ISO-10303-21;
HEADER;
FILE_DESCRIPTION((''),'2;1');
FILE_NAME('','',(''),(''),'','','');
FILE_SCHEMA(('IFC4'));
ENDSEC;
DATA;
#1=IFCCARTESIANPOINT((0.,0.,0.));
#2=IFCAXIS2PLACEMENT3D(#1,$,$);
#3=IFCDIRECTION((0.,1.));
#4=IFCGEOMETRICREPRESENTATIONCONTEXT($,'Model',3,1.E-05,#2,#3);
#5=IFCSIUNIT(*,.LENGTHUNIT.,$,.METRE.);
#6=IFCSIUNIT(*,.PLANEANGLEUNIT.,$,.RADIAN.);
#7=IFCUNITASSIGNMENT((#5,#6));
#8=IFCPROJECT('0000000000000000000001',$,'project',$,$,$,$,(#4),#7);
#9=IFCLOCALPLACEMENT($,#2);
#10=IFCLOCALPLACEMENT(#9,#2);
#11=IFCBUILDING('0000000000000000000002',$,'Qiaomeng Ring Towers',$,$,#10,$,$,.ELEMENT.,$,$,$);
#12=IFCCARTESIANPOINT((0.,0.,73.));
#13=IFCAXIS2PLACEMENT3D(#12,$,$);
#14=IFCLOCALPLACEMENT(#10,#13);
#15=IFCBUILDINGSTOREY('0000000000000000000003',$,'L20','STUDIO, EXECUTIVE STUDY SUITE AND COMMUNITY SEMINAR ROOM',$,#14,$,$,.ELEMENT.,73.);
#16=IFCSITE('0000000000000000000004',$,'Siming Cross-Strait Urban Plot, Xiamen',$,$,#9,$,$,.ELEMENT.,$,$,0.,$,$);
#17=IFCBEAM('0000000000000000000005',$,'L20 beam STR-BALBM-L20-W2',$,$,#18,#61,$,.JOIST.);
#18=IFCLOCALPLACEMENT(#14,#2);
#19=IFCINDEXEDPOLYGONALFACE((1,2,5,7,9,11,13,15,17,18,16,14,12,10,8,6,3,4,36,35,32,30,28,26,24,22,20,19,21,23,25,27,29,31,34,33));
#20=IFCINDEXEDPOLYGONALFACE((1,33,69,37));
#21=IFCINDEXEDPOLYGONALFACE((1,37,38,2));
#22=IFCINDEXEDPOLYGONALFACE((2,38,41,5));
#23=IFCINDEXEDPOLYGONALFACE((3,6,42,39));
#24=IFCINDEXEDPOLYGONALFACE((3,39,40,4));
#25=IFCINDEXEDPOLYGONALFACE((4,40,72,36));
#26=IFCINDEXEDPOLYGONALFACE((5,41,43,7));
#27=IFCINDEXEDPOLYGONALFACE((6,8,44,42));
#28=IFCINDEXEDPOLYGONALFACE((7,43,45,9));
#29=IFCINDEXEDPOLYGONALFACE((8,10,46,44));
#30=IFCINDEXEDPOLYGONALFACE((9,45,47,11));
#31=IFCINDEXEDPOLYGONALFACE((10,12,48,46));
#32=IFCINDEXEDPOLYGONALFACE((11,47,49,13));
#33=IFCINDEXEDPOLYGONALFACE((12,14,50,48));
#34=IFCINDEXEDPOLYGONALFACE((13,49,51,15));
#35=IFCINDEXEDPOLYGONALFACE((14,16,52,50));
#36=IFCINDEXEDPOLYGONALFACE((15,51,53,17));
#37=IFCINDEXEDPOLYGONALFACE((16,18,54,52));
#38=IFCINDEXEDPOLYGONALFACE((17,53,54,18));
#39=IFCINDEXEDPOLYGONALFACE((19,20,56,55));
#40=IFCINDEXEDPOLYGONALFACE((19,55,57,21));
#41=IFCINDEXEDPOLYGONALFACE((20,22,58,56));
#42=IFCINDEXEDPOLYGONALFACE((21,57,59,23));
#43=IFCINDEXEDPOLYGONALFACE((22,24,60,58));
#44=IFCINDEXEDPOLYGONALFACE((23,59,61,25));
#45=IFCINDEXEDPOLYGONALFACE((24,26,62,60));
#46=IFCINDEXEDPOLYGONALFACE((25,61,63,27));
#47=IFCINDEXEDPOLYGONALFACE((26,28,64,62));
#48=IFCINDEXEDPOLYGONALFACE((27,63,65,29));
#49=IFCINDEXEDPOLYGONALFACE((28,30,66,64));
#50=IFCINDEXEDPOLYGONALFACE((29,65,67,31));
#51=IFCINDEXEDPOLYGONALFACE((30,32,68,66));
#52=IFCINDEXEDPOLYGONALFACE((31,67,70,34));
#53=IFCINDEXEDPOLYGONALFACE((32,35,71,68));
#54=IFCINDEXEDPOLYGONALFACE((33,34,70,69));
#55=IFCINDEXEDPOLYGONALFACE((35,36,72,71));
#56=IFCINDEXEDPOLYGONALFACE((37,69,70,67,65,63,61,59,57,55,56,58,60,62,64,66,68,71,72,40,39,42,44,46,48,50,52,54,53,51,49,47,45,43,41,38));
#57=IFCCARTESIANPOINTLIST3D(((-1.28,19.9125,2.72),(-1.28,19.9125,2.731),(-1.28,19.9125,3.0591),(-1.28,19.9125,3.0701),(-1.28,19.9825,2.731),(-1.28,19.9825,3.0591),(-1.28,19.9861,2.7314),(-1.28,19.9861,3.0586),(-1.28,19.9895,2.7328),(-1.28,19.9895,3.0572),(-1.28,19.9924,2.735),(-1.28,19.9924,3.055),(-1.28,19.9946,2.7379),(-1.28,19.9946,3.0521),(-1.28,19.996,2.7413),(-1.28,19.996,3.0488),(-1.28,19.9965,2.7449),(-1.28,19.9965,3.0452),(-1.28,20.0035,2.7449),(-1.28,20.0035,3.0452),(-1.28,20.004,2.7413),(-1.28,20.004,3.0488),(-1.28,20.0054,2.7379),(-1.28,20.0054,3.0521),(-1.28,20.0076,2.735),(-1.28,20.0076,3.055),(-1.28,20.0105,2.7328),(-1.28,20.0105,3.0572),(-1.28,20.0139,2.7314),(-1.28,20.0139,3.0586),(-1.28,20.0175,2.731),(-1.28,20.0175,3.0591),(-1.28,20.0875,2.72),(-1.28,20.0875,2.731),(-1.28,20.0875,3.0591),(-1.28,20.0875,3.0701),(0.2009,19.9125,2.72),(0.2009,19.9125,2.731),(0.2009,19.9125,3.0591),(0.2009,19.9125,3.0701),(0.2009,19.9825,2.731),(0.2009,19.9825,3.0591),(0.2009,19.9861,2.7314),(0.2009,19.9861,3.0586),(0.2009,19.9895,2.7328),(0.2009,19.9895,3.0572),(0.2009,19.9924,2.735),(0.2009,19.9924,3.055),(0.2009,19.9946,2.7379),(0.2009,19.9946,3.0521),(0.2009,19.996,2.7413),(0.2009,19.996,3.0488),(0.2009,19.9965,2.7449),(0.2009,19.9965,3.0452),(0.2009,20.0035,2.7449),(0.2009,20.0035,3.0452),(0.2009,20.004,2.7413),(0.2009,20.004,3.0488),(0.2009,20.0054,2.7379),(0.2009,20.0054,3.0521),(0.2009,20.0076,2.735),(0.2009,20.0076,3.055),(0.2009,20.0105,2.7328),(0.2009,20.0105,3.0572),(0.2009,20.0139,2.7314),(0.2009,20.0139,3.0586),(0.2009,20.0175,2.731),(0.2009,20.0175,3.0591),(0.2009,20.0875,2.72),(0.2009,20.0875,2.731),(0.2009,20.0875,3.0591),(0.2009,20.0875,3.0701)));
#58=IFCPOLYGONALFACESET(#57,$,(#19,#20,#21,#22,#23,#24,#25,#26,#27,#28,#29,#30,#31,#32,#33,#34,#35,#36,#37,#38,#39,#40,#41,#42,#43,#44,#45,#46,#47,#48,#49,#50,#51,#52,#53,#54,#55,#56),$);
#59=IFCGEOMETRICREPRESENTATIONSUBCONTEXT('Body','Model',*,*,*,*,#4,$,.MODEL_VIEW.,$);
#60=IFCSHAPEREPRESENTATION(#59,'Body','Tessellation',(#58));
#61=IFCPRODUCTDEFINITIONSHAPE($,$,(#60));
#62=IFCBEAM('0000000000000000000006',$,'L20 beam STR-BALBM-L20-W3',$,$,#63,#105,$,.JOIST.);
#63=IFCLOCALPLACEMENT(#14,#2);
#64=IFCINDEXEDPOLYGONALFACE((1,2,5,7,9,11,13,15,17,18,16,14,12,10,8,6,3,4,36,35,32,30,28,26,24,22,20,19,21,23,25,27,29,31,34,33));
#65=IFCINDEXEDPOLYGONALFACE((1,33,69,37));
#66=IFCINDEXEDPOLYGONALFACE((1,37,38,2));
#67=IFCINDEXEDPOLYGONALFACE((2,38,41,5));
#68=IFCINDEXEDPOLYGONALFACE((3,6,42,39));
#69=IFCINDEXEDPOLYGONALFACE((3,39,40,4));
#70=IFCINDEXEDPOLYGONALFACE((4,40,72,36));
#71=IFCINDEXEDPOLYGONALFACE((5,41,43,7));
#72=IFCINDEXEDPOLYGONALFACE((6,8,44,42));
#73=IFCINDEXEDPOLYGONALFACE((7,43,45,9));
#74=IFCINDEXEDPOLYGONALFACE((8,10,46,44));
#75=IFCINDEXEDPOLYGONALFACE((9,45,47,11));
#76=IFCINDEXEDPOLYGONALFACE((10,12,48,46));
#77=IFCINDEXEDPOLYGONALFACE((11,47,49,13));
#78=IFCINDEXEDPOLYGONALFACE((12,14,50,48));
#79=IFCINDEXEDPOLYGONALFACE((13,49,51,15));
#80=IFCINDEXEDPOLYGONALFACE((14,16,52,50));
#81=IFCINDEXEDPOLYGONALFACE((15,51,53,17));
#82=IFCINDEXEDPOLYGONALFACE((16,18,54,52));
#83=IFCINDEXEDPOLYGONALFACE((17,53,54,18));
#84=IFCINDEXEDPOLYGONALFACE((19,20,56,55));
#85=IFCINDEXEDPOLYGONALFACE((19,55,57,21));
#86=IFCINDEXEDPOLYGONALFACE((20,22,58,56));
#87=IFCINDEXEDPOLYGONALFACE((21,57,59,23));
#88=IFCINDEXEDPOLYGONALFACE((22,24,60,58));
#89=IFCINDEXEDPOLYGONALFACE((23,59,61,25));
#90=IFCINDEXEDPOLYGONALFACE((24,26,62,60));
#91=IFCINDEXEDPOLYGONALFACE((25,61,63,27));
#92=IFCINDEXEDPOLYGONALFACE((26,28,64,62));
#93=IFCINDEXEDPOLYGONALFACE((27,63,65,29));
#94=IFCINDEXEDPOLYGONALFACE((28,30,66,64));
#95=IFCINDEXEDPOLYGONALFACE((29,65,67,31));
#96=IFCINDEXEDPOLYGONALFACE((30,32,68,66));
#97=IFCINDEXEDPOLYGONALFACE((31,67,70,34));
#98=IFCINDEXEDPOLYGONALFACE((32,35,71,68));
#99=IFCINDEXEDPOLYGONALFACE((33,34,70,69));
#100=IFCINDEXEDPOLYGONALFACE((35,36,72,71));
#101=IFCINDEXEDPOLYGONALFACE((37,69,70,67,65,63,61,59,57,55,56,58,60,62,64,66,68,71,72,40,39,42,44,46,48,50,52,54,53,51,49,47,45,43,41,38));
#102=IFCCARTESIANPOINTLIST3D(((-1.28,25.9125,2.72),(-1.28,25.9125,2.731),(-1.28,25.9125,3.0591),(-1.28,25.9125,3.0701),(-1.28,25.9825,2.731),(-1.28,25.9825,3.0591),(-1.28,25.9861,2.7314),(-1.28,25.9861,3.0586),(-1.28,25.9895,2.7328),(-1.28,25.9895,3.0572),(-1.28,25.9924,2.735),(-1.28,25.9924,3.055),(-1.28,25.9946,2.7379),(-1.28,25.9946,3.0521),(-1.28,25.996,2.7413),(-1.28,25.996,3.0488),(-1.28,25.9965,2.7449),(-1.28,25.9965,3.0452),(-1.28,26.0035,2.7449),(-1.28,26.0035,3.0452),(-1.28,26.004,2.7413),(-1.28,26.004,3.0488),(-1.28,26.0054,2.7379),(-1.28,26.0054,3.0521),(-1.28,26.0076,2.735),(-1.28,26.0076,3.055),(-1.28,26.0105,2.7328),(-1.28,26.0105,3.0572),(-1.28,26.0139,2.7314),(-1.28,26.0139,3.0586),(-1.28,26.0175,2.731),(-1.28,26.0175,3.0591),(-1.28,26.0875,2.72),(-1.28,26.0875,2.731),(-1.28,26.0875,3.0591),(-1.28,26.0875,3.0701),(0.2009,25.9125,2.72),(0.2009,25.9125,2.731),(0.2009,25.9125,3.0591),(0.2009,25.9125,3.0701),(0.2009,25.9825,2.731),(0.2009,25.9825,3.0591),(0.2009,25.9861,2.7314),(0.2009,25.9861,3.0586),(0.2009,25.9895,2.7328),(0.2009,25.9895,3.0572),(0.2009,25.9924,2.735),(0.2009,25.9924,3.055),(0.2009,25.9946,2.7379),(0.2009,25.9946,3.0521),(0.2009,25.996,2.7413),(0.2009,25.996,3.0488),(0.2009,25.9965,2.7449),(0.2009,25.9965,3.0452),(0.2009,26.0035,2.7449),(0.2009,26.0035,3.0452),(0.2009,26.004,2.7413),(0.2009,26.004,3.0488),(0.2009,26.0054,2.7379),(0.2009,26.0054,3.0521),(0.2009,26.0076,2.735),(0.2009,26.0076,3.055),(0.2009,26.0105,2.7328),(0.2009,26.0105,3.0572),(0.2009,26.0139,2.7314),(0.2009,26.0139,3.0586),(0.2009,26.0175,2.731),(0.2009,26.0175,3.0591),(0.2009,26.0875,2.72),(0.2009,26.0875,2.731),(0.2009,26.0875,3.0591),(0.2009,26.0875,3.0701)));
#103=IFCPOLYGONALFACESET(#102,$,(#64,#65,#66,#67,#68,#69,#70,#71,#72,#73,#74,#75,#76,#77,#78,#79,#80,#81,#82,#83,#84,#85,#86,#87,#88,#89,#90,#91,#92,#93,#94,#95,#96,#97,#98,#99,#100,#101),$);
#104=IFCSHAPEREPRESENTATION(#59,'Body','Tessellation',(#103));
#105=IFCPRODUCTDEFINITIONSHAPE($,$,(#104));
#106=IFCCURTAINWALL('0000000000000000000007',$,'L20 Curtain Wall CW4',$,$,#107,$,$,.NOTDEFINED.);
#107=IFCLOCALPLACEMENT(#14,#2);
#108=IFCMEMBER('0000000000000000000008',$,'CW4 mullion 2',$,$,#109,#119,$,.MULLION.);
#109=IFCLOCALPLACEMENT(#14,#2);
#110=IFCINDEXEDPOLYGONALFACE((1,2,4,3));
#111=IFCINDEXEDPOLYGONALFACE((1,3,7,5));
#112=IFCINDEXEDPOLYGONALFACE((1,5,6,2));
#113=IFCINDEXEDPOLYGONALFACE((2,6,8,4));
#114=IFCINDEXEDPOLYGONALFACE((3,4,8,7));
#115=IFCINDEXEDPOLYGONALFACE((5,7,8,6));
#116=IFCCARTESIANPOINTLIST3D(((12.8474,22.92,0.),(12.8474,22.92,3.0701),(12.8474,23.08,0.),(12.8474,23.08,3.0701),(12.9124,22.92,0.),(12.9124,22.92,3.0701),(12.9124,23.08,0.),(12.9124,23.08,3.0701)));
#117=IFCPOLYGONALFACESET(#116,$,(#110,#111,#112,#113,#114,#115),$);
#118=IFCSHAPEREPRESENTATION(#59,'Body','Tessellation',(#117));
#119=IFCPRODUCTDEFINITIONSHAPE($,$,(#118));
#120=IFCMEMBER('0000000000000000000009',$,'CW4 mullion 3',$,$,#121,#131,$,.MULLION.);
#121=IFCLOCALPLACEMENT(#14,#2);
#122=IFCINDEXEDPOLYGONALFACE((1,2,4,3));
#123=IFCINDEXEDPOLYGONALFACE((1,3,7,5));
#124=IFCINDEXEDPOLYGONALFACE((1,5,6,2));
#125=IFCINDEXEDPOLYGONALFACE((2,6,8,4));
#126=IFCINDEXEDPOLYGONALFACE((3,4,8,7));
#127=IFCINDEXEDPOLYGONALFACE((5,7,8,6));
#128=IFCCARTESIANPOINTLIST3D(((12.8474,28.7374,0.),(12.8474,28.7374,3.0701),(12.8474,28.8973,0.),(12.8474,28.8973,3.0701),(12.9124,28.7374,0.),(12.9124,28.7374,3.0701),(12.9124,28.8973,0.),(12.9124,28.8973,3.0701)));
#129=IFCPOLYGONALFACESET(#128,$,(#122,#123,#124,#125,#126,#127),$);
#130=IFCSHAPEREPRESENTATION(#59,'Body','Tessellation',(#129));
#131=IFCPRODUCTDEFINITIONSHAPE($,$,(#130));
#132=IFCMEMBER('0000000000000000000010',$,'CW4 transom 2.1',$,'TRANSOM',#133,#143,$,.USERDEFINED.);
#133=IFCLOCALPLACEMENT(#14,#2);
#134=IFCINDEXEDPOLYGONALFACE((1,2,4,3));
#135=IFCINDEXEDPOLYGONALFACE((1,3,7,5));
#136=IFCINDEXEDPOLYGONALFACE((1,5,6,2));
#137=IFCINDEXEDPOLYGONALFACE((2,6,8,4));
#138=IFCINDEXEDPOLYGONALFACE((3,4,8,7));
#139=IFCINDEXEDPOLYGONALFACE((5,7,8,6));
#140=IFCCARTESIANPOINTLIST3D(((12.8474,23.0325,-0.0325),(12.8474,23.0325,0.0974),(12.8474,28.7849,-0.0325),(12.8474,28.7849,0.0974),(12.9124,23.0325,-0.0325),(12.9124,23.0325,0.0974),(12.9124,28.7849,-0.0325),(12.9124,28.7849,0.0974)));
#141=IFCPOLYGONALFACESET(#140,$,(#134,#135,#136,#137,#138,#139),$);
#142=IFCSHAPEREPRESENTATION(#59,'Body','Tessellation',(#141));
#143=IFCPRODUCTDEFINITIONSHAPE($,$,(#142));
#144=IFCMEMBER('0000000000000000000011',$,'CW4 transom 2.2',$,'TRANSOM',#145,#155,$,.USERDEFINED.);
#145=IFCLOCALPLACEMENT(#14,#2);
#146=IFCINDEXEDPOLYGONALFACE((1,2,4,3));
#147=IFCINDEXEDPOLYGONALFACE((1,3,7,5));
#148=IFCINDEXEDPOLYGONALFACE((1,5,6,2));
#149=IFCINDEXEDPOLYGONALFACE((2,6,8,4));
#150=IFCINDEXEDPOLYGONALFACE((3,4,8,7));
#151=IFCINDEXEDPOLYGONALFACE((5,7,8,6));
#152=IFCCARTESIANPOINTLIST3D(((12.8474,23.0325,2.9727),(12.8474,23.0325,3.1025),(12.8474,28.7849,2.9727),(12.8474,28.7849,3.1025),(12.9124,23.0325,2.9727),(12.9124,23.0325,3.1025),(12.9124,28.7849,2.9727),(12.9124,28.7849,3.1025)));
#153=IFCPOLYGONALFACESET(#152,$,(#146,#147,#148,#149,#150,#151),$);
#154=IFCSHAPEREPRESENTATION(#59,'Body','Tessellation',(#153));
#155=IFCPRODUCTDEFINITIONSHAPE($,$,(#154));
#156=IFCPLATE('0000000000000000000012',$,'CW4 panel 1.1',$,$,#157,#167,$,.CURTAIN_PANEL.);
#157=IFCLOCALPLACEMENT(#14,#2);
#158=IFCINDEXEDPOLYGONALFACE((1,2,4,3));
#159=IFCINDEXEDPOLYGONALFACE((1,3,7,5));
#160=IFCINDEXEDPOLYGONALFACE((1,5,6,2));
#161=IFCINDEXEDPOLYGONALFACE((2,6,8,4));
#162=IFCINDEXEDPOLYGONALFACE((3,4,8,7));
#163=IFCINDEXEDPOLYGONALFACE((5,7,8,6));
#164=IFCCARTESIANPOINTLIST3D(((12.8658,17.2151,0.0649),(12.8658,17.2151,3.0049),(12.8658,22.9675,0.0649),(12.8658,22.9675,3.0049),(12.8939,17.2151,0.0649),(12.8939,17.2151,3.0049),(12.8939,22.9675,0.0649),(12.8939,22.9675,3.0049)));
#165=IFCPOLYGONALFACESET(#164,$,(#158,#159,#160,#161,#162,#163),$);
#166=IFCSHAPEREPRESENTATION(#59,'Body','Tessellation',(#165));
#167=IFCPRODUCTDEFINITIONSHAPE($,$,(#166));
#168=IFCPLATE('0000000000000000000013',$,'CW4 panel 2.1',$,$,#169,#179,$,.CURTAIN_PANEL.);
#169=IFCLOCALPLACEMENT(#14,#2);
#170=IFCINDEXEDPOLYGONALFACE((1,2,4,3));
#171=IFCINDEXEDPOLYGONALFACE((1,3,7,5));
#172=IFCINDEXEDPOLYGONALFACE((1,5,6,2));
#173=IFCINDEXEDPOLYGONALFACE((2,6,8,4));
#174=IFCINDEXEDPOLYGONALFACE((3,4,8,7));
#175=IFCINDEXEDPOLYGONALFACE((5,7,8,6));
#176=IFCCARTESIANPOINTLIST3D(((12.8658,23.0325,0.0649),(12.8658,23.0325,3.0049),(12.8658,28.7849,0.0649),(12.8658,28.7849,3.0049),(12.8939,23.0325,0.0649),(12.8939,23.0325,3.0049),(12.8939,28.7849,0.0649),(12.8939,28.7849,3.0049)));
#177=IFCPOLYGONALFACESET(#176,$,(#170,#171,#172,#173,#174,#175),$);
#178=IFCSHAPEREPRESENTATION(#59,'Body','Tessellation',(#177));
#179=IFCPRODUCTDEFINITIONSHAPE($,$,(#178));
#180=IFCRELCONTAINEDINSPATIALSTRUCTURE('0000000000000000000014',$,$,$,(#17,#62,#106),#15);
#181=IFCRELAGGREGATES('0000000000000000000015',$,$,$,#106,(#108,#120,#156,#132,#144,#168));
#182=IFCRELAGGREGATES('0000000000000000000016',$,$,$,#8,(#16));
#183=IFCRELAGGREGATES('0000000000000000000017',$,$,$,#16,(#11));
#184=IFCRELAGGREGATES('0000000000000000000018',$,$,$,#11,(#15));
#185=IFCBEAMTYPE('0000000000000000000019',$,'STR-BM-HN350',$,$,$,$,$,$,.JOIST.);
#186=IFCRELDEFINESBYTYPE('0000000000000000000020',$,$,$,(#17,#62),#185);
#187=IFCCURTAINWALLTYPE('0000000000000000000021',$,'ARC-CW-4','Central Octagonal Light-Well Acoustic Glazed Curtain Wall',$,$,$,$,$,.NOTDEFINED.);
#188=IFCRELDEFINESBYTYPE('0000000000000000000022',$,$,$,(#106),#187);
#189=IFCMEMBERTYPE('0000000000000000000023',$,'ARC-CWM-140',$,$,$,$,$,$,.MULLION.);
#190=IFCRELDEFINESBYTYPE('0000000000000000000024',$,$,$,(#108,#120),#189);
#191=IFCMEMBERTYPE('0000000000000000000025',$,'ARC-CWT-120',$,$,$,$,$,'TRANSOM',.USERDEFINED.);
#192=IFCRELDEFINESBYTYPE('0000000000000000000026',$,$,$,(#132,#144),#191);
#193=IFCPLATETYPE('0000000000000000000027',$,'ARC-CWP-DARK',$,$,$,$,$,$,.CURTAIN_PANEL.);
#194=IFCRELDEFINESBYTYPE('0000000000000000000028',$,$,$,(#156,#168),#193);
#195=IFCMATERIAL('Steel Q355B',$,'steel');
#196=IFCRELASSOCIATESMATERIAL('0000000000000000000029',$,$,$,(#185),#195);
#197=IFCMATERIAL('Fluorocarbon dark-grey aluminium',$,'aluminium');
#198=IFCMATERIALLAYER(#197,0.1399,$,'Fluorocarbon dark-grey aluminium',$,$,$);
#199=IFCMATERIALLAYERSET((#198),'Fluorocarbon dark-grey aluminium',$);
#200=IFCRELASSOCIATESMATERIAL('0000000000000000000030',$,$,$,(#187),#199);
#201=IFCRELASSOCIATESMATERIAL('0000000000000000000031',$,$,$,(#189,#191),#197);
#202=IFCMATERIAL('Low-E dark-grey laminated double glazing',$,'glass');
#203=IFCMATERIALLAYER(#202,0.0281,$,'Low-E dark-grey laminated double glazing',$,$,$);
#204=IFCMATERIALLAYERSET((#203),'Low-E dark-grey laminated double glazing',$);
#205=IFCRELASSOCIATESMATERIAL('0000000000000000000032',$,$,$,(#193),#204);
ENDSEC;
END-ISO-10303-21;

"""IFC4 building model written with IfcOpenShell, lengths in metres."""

from ifc_helpers import new_model, si_unit, direction, frame, origin, origin_2d, place, context, subcontext, project, spatial, rectangle, i_section, extrude, source, transform, mapped, material, layer, layer_set, material_profile, profile_set, type_object, element, aggregate, save


model = new_model("IFC4")

# Units and contexts
model_context = context("Model", 3, precision=1e-05, world=origin(), true_north=direction((0.0, 1.0)))
body_context = subcontext(model_context, "Body", "Model", "MODEL_VIEW")
ifc_project = project(units=[si_unit("LENGTHUNIT", "METRE"), si_unit("PLANEANGLEUNIT", "RADIAN")], contexts=[model_context])

# Site, building, storey
site_placement = place(None, origin())
site = spatial("IfcSite", under=ifc_project, at=site_placement, Name="Siming Cross-Strait Urban Plot, Xiamen", CompositionType="ELEMENT", RefElevation=0.0)
building_placement = place(site_placement, origin())
building = spatial("IfcBuilding", under=site, at=building_placement, Name="Qiaomeng Ring Towers", CompositionType="ELEMENT")
storey_placement = place(building_placement, frame((0.0, 0.0, 73.0)))
storey = spatial("IfcBuildingStorey", under=building, at=storey_placement, Name="L20", Description="STUDIO, EXECUTIVE STUDY SUITE AND COMMUNITY SEMINAR ROOM", CompositionType="ELEMENT", Elevation=73.0)

# Beams
ifc_material_1 = material(Name="Steel Q355B", Category="steel")
ifc_material_profile_1 = material_profile(ifc_material_1, i_section(OverallWidth=0.175, OverallDepth=0.3501, WebThickness=0.0071, FlangeThickness=0.011, FilletRadius=0.0139, at=origin_2d()), Name="HN 350x175x7x11")
ifc_profile_set_1 = profile_set([ifc_material_profile_1], Name="Steel Q355B")
beam_type_1 = type_object("IfcBeamType", Name="STR-BM-HN350", PredefinedType="JOIST", material=ifc_profile_set_1)
shared_shape_1 = source(origin(), body_context, "Body", "SweptSolid", [
    extrude(i_section(OverallWidth=0.175, OverallDepth=0.3501, WebThickness=0.0071, FlangeThickness=0.011, FilletRadius=0.0139, at=origin_2d()), origin(), (0.0, 0.0, 1.0), 1.481),
])
for number, where, z_axis, x_axis, name in (
    (1, (-1.28, 20.0, 2.895), (1.0, 0.0, 0.0), (0.0, 1.0, 0.0), "L20 beam STR-BALBM-L20-W2"),
    (2, (-1.28, 26.0, 2.895), (1.0, 0.0, 0.0), (0.0, 1.0, 0.0), "L20 beam STR-BALBM-L20-W3"),
):
    element("IfcBeam", number, at=place(storey_placement, frame(where, z_axis=z_axis, x_axis=x_axis)), inside=storey, type_object=beam_type_1, Name=name, PredefinedType="JOIST", context=body_context, shape_type="MappedRepresentation", body=[
        mapped(shared_shape_1, transform((0.0, 0.0, 0.0), x_axis=(1.0, 0.0, 0.0), y_axis=(0.0, 1.0, 0.0), z_axis=(0.0, 0.0, 1.0), scale=1.0)),
    ])

# Curtain wall, members, plates
ifc_material_2 = material(Name="Fluorocarbon dark-grey aluminium", Category="aluminium")
ifc_layer_1 = layer(ifc_material_2, 0.1399, Name="Fluorocarbon dark-grey aluminium")
ifc_layer_set_1 = layer_set([ifc_layer_1], Name="Fluorocarbon dark-grey aluminium")
curtain_wall_type = type_object("IfcCurtainWallType", Name="ARC-CW-4", Description="Central Octagonal Light-Well Acoustic Glazed Curtain Wall", PredefinedType="NOTDEFINED", material=ifc_layer_set_1)
curtain_wall_placement = place(storey_placement, origin())
curtain_wall = element("IfcCurtainWall", 3, at=curtain_wall_placement, inside=storey, type_object=curtain_wall_type, Name="L20 Curtain Wall CW4", PredefinedType="NOTDEFINED")
ifc_material_profile_2 = material_profile(ifc_material_2, rectangle(XDim=0.0649, YDim=0.1599, at=origin_2d()), Name="ALU MULL 65x160")
ifc_profile_set_2 = profile_set([ifc_material_profile_2], Name="Fluorocarbon dark-grey aluminium")
member_type_1 = type_object("IfcMemberType", Name="ARC-CWM-140", PredefinedType="MULLION", material=ifc_profile_set_2)
shared_shape_2 = source(origin(), body_context, "Body", "SweptSolid", [
    extrude(rectangle(XDim=0.0649, YDim=0.1599, at=origin_2d()), origin(), (0.0, 0.0, 1.0), 3.0701),
])
member_1_placement = place(storey_placement, frame((12.8799, 23.0, 0.0), z_axis=(0.0, 0.0, 1.0), x_axis=(-1.0, 0.0, 0.0)))
member_1 = element("IfcMember", 4, at=member_1_placement, type_object=member_type_1, Name="CW4 mullion 2", PredefinedType="MULLION", context=body_context, shape_type="MappedRepresentation", body=[
    mapped(shared_shape_2, transform((0.0, 0.0, 0.0), x_axis=(1.0, 0.0, 0.0), y_axis=(0.0, 1.0, 0.0), z_axis=(0.0, 0.0, 1.0), scale=1.0)),
])
member_2_placement = place(storey_placement, frame((12.8799, 28.8174, 0.0), z_axis=(0.0, 0.0, 1.0), x_axis=(-1.0, 0.0, 0.0)))
member_2 = element("IfcMember", 5, at=member_2_placement, type_object=member_type_1, Name="CW4 mullion 3", PredefinedType="MULLION", context=body_context, shape_type="MappedRepresentation", body=[
    mapped(shared_shape_2, transform((0.0, 0.0, 0.0), x_axis=(1.0, 0.0, 0.0), y_axis=(0.0, 1.0, 0.0), z_axis=(0.0, 0.0, 1.0), scale=1.0)),
])
ifc_material_profile_3 = material_profile(ifc_material_2, rectangle(XDim=0.0649, YDim=0.1299, at=origin_2d()), Name="ALU TRAN 65x130")
ifc_profile_set_3 = profile_set([ifc_material_profile_3], Name="Fluorocarbon dark-grey aluminium")
member_type_2 = type_object("IfcMemberType", Name="ARC-CWT-120", ElementType="TRANSOM", PredefinedType="USERDEFINED", material=ifc_profile_set_3)
shared_shape_3 = source(origin(), body_context, "Body", "SweptSolid", [
    extrude(rectangle(XDim=0.0649, YDim=0.1299, at=origin_2d()), origin(), (0.0, 0.0, 1.0), 5.7524),
])
member_3_placement = place(storey_placement, frame((12.8799, 23.0325, 0.0325), z_axis=(0.0, 1.0, 0.0), x_axis=(-1.0, 0.0, 0.0)))
member_3 = element("IfcMember", 6, at=member_3_placement, type_object=member_type_2, Name="CW4 transom 2.1", ObjectType="TRANSOM", PredefinedType="USERDEFINED", context=body_context, shape_type="MappedRepresentation", body=[
    mapped(shared_shape_3, transform((0.0, 0.0, 0.0), x_axis=(1.0, 0.0, 0.0), y_axis=(0.0, 1.0, 0.0), z_axis=(0.0, 0.0, 1.0), scale=1.0)),
])
member_4_placement = place(storey_placement, frame((12.8799, 23.0325, 3.0376), z_axis=(0.0, 1.0, 0.0), x_axis=(-1.0, 0.0, 0.0)))
member_4 = element("IfcMember", 7, at=member_4_placement, type_object=member_type_2, Name="CW4 transom 2.2", ObjectType="TRANSOM", PredefinedType="USERDEFINED", context=body_context, shape_type="MappedRepresentation", body=[
    mapped(shared_shape_3, transform((0.0, 0.0, 0.0), x_axis=(1.0, 0.0, 0.0), y_axis=(0.0, 1.0, 0.0), z_axis=(0.0, 0.0, 1.0), scale=1.0)),
])
ifc_material_3 = material(Name="Low-E dark-grey laminated double glazing", Category="glass")
ifc_layer_2 = layer(ifc_material_3, 0.0281, Name="Low-E dark-grey laminated double glazing")
ifc_layer_set_2 = layer_set([ifc_layer_2], Name="Low-E dark-grey laminated double glazing")
plate_type = type_object("IfcPlateType", Name="ARC-CWP-DARK", PredefinedType="CURTAIN_PANEL", material=ifc_layer_set_2)
shared_shape_4 = source(origin(), body_context, "Body", "SweptSolid", [
    extrude(rectangle(XDim=5.7524, YDim=0.0281, at=origin_2d()), origin(), (0.0, 0.0, 1.0), 2.9399),
])
plate_1_placement = place(storey_placement, frame((12.8799, 20.0913, 0.0649), z_axis=(0.0, 0.0, 1.0), x_axis=(0.0, 1.0, 0.0)))
plate_1 = element("IfcPlate", 8, at=plate_1_placement, type_object=plate_type, Name="CW4 panel 1.1", PredefinedType="CURTAIN_PANEL", context=body_context, shape_type="MappedRepresentation", body=[
    mapped(shared_shape_4, transform((0.0, 0.0, 0.0), x_axis=(1.0, 0.0, 0.0), y_axis=(0.0, 1.0, 0.0), z_axis=(0.0, 0.0, 1.0), scale=1.0)),
])
plate_2_placement = place(storey_placement, frame((12.8799, 25.9087, 0.0649), z_axis=(0.0, 0.0, 1.0), x_axis=(0.0, 1.0, 0.0)))
plate_2 = element("IfcPlate", 9, at=plate_2_placement, type_object=plate_type, Name="CW4 panel 2.1", PredefinedType="CURTAIN_PANEL", context=body_context, shape_type="MappedRepresentation", body=[
    mapped(shared_shape_4, transform((0.0, 0.0, 0.0), x_axis=(1.0, 0.0, 0.0), y_axis=(0.0, 1.0, 0.0), z_axis=(0.0, 0.0, 1.0), scale=1.0)),
])
aggregate(curtain_wall, [member_1, member_2, plate_1, member_3, member_4, plate_2])

save(model, "model.ifc")
